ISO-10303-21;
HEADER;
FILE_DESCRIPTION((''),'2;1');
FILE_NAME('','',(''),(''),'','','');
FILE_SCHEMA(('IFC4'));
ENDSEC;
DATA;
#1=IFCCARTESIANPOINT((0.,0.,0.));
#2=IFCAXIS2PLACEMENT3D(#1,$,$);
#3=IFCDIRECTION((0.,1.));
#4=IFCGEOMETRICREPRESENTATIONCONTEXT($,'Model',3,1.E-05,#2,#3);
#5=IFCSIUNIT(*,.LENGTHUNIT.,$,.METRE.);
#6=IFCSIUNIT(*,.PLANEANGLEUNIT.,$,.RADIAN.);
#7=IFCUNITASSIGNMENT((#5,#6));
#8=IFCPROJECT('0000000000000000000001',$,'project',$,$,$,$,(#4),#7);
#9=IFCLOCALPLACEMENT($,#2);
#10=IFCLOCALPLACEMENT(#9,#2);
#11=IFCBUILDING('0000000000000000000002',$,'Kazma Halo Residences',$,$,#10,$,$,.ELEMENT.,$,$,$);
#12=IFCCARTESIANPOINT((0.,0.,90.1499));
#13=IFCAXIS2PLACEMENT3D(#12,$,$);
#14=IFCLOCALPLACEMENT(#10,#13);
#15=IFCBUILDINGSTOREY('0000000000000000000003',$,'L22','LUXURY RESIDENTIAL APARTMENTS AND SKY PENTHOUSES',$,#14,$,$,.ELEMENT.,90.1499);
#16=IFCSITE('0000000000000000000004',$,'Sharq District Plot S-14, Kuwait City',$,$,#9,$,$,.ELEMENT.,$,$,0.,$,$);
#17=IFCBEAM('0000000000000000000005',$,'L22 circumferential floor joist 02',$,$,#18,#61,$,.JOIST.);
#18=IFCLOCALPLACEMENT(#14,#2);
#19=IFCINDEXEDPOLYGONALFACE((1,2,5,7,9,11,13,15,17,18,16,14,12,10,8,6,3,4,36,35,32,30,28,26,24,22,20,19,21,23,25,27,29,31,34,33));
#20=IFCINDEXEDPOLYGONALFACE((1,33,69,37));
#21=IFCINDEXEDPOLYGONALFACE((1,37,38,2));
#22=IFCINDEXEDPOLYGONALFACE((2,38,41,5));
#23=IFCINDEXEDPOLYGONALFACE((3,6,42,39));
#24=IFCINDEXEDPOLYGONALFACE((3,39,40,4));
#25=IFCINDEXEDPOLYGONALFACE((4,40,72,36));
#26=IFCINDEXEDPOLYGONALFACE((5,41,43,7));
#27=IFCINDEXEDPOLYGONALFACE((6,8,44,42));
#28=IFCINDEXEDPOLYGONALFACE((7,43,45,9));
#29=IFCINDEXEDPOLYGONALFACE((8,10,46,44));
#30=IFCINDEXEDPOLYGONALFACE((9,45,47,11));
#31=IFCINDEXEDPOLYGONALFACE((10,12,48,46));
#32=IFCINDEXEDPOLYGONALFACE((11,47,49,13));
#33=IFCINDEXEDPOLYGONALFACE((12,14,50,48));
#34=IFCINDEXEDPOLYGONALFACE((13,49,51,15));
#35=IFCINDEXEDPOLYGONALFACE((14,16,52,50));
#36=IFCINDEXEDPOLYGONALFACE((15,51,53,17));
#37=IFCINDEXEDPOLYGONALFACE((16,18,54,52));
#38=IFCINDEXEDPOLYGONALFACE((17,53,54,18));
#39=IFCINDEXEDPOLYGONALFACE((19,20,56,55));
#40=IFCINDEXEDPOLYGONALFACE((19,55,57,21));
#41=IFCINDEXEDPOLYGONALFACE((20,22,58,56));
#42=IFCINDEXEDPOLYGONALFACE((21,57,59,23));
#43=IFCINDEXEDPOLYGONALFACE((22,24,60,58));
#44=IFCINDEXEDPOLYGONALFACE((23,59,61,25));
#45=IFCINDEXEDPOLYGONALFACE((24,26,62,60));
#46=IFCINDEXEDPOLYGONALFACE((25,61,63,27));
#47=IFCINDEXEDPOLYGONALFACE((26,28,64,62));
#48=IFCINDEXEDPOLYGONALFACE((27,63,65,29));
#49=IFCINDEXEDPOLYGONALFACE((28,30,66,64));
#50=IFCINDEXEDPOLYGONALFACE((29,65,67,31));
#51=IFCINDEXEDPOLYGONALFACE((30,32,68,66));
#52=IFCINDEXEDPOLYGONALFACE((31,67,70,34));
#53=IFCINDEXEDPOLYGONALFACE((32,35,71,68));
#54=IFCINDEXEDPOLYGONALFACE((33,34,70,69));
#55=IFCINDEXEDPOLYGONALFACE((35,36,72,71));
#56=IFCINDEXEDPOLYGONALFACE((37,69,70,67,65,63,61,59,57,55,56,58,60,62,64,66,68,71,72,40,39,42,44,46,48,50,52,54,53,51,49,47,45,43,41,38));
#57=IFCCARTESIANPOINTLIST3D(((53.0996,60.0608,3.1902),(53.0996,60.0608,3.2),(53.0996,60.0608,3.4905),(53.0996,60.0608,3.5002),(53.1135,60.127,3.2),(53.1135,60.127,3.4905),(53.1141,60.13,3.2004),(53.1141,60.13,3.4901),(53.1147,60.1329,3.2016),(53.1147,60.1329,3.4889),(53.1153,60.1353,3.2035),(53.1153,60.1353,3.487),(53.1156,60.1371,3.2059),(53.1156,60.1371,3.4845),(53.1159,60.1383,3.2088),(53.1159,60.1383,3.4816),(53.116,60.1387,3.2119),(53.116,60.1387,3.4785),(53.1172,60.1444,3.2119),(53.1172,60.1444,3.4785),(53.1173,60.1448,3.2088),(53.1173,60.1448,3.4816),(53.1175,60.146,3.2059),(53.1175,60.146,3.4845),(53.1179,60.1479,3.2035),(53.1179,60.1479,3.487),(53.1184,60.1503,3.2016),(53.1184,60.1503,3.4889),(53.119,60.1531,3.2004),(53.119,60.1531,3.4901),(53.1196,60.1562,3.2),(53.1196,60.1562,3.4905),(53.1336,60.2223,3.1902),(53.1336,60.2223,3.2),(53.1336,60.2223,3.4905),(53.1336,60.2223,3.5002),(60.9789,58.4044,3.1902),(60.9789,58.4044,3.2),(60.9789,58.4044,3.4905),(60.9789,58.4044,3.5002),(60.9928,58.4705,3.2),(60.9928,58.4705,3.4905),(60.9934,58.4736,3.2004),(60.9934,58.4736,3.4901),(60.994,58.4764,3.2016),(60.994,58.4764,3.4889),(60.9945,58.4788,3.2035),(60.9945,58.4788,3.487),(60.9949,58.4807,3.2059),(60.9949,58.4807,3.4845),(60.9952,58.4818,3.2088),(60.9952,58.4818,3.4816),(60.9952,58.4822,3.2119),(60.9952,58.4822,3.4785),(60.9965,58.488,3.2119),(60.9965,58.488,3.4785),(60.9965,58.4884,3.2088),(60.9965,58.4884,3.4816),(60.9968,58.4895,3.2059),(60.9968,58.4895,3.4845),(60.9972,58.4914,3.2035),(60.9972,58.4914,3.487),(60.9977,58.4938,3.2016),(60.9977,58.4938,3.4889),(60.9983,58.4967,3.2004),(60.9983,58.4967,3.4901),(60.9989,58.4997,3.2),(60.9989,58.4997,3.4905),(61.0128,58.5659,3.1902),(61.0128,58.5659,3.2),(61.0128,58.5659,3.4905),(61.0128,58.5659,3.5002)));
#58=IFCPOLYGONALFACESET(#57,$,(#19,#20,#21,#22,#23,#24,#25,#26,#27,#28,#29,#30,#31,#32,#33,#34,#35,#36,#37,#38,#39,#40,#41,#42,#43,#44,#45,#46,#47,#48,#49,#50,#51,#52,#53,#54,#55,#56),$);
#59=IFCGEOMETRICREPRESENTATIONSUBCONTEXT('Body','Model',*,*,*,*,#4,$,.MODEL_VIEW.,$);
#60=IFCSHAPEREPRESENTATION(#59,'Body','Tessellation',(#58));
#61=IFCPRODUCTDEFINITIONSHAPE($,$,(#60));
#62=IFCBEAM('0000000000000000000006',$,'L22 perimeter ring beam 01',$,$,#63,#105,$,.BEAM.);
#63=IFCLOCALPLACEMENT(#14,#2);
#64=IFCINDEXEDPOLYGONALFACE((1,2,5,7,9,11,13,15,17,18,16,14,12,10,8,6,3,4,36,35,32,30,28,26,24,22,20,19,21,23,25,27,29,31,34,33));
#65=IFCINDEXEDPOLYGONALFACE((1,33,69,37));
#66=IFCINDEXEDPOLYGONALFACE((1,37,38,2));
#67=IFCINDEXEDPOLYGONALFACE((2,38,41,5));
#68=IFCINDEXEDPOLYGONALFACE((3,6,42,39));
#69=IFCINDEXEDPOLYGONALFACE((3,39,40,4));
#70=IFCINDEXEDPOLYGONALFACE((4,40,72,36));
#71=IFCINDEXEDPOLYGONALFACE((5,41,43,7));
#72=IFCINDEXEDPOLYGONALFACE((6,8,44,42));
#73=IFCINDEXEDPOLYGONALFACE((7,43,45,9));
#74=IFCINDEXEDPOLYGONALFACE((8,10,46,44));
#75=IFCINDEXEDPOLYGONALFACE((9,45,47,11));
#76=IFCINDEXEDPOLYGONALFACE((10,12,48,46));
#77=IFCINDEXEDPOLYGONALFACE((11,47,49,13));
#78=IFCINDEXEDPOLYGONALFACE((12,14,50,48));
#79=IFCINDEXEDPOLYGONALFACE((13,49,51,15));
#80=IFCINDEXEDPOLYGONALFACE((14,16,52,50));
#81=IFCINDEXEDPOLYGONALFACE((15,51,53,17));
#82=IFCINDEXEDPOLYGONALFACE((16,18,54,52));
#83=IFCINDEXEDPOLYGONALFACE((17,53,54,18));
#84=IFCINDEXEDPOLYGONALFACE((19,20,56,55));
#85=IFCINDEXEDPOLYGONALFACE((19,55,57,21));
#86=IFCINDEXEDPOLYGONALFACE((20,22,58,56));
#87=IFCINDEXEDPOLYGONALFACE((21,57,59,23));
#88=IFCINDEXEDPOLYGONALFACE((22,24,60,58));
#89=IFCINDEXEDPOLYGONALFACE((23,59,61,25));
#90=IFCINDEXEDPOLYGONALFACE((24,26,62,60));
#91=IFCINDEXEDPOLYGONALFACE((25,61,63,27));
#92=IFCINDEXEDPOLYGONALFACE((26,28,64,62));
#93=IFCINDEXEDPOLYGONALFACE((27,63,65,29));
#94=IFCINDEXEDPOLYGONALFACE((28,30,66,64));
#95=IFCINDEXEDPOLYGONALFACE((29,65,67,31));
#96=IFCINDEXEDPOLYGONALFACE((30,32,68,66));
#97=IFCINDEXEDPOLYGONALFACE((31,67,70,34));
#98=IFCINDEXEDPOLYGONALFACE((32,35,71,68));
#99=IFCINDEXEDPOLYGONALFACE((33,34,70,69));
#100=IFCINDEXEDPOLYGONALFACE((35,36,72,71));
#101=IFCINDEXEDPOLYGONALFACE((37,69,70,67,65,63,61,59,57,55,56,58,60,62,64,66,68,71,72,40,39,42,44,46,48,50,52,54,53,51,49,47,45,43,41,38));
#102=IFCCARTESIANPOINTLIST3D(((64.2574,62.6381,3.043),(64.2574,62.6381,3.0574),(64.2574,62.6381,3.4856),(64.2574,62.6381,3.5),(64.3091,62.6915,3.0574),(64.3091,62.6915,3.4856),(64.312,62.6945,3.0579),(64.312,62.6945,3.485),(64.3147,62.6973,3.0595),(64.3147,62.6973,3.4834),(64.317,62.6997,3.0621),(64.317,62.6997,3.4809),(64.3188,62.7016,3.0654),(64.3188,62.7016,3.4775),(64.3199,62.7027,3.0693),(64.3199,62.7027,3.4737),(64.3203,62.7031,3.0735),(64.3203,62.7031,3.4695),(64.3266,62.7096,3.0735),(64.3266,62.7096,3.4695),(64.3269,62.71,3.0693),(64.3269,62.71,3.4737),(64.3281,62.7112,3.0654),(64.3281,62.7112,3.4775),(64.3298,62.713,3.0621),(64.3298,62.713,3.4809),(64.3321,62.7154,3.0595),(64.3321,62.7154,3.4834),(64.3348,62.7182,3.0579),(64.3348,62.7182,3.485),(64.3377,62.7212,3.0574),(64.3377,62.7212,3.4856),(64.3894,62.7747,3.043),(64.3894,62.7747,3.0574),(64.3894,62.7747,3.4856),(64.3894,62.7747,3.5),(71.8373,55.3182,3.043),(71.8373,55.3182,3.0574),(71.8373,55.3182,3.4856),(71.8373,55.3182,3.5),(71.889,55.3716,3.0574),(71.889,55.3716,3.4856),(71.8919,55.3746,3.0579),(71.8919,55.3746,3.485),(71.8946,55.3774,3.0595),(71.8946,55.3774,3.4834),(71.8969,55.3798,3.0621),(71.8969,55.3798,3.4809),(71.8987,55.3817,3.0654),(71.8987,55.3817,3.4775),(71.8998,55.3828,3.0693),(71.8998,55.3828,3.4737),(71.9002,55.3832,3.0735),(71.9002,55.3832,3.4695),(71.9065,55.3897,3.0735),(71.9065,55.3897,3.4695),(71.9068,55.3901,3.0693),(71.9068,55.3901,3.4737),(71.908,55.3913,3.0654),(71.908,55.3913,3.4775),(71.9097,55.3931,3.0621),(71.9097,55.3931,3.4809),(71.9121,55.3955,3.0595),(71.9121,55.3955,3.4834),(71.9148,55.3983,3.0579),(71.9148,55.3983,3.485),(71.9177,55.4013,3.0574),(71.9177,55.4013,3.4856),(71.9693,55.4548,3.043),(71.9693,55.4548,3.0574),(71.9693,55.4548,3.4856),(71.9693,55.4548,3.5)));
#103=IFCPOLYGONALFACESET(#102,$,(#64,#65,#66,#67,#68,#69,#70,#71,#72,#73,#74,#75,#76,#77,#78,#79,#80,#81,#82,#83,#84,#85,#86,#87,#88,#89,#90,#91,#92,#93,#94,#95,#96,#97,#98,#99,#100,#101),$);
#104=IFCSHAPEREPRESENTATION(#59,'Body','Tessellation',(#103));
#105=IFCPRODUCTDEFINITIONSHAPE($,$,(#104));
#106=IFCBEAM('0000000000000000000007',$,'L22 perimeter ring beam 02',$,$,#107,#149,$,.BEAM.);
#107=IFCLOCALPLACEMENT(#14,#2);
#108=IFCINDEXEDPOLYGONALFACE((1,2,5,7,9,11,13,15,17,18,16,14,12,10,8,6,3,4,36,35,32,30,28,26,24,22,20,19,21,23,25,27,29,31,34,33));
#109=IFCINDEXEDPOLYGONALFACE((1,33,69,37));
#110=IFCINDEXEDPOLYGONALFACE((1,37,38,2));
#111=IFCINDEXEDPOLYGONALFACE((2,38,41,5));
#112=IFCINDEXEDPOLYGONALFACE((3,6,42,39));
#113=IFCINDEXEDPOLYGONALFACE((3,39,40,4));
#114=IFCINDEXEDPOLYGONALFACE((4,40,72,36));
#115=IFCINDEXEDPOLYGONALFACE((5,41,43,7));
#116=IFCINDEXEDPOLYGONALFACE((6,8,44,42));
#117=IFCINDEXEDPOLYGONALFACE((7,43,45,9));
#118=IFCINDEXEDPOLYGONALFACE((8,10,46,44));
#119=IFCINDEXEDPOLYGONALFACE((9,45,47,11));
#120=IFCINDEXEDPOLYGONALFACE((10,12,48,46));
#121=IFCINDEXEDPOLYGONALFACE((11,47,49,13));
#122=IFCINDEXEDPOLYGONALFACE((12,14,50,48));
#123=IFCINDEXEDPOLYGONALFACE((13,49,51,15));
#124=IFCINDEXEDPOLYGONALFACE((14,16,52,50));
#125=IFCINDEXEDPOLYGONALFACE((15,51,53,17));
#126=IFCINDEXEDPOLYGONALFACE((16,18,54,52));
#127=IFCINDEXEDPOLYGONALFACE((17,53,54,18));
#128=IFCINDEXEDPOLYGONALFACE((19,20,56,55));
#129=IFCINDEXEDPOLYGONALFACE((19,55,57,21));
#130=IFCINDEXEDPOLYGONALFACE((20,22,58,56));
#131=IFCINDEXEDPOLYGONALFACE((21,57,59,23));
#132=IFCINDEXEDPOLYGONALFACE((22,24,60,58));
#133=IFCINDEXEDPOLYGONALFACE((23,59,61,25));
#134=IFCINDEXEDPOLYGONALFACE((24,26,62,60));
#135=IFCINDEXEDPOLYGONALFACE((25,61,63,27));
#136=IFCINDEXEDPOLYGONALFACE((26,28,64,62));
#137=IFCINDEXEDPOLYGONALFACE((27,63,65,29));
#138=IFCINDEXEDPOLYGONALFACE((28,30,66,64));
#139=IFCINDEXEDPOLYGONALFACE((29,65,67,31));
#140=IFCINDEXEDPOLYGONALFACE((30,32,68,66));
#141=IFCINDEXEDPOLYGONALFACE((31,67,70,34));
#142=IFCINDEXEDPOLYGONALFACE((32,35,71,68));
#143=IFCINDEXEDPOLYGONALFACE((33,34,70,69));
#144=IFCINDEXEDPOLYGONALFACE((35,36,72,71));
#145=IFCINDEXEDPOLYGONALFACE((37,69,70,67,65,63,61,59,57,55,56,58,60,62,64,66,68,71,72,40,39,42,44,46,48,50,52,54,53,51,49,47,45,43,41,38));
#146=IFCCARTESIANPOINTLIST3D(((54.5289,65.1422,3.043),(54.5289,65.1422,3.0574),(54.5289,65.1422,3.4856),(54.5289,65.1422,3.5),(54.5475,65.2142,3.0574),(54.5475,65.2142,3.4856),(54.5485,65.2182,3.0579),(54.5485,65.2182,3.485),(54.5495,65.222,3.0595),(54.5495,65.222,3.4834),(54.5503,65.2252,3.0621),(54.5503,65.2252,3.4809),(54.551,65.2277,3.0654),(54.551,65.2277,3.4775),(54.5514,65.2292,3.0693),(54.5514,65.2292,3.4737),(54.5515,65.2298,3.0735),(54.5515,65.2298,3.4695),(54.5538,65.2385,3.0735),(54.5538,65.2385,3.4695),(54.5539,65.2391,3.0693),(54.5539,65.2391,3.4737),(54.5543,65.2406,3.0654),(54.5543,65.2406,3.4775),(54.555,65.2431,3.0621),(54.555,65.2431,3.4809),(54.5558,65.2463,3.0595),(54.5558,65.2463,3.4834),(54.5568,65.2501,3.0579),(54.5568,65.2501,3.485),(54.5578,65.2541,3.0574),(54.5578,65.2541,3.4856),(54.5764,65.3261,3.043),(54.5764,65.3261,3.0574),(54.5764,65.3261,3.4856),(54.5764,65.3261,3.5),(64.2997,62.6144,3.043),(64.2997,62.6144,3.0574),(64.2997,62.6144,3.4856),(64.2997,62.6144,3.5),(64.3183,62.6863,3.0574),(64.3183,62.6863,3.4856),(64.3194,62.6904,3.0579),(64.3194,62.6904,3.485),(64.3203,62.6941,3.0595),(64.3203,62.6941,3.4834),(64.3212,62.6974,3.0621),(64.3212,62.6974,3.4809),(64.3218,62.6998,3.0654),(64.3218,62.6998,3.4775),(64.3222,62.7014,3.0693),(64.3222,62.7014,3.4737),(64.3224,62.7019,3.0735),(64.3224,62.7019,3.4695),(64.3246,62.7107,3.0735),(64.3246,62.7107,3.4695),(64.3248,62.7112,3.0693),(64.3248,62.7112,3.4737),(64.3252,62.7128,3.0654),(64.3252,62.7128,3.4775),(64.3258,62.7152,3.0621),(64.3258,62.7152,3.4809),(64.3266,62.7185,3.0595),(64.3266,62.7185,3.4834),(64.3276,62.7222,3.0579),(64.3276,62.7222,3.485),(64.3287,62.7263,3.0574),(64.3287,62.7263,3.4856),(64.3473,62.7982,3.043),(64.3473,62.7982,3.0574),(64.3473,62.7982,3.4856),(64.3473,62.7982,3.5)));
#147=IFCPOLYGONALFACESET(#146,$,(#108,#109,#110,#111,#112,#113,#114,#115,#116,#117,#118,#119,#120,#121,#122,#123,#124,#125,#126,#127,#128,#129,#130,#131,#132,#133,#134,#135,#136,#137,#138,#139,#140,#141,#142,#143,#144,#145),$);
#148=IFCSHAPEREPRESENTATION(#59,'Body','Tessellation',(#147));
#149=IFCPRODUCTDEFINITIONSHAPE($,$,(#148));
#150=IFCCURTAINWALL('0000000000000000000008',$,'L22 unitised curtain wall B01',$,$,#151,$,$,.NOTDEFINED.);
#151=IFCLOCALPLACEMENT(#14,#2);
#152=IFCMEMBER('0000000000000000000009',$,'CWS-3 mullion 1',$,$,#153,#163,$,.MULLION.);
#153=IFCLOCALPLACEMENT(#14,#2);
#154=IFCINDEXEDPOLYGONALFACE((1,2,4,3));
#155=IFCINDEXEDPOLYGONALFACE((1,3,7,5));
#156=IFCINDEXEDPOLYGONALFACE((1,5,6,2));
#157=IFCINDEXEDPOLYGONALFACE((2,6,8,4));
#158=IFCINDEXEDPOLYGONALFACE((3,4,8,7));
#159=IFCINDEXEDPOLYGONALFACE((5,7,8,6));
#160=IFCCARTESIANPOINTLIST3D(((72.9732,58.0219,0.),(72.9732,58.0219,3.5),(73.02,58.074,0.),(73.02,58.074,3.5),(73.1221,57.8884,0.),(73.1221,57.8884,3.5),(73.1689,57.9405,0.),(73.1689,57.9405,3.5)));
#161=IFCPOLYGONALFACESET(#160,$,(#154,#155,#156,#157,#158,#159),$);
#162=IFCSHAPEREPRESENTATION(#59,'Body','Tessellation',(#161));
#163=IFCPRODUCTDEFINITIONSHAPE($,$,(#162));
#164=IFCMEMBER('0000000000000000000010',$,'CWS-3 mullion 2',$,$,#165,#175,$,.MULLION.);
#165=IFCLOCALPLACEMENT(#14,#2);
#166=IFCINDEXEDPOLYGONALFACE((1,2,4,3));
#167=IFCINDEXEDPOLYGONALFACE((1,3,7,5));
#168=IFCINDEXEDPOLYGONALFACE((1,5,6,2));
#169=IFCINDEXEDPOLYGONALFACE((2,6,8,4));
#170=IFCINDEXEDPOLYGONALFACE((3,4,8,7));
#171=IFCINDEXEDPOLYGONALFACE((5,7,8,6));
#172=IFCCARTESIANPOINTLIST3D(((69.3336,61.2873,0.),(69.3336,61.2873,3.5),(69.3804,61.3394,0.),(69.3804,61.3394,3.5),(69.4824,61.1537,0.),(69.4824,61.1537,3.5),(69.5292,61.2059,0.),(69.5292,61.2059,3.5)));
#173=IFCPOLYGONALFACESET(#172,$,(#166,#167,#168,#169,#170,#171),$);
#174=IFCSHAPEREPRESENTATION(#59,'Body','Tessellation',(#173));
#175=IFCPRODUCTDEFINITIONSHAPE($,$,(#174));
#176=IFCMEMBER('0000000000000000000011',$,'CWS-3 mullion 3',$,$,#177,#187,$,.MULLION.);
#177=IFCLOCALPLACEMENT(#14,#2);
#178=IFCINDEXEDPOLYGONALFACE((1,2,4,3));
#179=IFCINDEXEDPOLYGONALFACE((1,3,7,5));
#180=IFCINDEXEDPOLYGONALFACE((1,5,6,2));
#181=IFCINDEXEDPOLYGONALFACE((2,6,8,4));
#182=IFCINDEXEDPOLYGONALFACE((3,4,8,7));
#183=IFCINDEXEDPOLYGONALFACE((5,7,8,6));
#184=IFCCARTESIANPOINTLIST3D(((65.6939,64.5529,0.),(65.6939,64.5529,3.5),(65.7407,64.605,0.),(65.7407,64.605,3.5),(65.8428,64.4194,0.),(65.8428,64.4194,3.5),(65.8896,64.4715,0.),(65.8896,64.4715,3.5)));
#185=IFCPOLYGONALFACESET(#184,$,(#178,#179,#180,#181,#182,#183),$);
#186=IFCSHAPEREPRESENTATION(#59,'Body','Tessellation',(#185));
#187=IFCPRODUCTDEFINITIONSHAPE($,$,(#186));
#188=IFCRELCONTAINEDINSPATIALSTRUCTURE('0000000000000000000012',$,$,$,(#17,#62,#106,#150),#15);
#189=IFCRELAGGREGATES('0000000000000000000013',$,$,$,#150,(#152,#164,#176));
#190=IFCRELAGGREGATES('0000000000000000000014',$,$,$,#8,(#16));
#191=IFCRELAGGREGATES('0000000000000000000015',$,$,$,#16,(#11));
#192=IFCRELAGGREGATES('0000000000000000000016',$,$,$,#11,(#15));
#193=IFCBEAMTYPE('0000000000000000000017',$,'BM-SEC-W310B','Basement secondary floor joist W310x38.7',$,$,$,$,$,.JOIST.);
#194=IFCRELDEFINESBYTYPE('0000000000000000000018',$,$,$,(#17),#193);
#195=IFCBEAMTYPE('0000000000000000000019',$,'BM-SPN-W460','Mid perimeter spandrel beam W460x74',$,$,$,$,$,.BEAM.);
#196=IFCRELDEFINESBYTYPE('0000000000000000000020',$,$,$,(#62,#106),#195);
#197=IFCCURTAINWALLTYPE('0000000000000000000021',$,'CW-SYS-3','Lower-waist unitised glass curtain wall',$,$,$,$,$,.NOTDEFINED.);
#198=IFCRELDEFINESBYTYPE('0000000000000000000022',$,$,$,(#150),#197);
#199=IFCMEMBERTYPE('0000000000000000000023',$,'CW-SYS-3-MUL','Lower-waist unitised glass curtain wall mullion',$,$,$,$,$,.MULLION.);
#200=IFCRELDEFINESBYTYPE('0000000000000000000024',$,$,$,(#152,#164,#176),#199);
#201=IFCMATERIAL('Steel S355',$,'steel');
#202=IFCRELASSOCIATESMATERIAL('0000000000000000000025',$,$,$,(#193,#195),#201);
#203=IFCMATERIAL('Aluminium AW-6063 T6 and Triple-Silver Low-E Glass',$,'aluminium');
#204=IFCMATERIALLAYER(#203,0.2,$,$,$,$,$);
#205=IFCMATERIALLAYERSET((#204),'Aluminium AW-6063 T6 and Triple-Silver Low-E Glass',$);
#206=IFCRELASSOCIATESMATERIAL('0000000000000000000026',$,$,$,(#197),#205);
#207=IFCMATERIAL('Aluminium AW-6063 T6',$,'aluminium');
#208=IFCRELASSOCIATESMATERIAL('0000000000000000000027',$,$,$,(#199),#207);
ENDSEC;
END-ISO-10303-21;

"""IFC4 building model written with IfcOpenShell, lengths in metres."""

from ifc_helpers import new_model, si_unit, direction, frame, origin, origin_2d, place, context, subcontext, project, spatial, rectangle, i_section, extrude, material, layer, layer_set, material_profile, profile_set, type_object, element, aggregate, save


model = new_model("IFC4")

# Units and contexts
model_context = context("Model", 3, precision=1e-05, world=origin(), true_north=direction((0.0, 1.0)))
body_context = subcontext(model_context, "Body", "Model", "MODEL_VIEW")
ifc_project = project(units=[si_unit("LENGTHUNIT", "METRE"), si_unit("PLANEANGLEUNIT", "RADIAN")], contexts=[model_context])

# Site, building, storey
site_placement = place(None, origin())
site = spatial("IfcSite", under=ifc_project, at=site_placement, Name="Sharq District Plot S-14, Kuwait City", CompositionType="ELEMENT", RefElevation=0.0)
building_placement = place(site_placement, origin())
building = spatial("IfcBuilding", under=site, at=building_placement, Name="Kazma Halo Residences", CompositionType="ELEMENT")
storey_placement = place(building_placement, frame((0.0, 0.0, 90.1499)))
storey = spatial("IfcBuildingStorey", under=building, at=storey_placement, Name="L22", Description="LUXURY RESIDENTIAL APARTMENTS AND SKY PENTHOUSES", CompositionType="ELEMENT", Elevation=90.1499)

# Beams
ifc_material_1 = material(Name="Steel S355", Category="steel")
ifc_material_profile_1 = material_profile(ifc_material_1, i_section(OverallWidth=0.165, OverallDepth=0.3101, WebThickness=0.0059, FlangeThickness=0.0098, FilletRadius=0.012, at=origin_2d()), Name="W310x38.7")
ifc_profile_set_1 = profile_set([ifc_material_profile_1], Name="Steel S355")
beam_type_1 = type_object("IfcBeamType", Name="BM-SEC-W310B", Description="Basement secondary floor joist W310x38.7", PredefinedType="JOIST", material=ifc_profile_set_1)
beam_1_placement = place(storey_placement, frame((60.9958, 58.4851, 3.3452), z_axis=(-0.978608, 0.205734, 0.0), x_axis=(-0.205734, -0.978608, 0.0)))
element("IfcBeam", 1, at=beam_1_placement, inside=storey, type_object=beam_type_1, Name="L22 circumferential floor joist 02", PredefinedType="JOIST", context=body_context, shape_type="SweptSolid", body=[
    extrude(i_section(OverallWidth=0.165, OverallDepth=0.3101, WebThickness=0.0059, FlangeThickness=0.0098, FilletRadius=0.012, at=origin_2d()), origin(), (0.0, 0.0, 1.0), 8.0515),
])
ifc_material_profile_2 = material_profile(ifc_material_1, i_section(OverallWidth=0.1899, OverallDepth=0.457, WebThickness=0.009, FlangeThickness=0.0144, FilletRadius=0.0161, at=origin_2d()), Name="W460x74")
ifc_profile_set_2 = profile_set([ifc_material_profile_2], Name="Steel S355")
beam_type_2 = type_object("IfcBeamType", Name="BM-SPN-W460", Description="Mid perimeter spandrel beam W460x74", PredefinedType="BEAM", material=ifc_profile_set_2)
beam_2_placement = place(storey_placement, frame((71.9033, 55.3865, 3.2715), z_axis=(-0.719337, 0.694661, 0.0), x_axis=(-0.694661, -0.719337, 0.0)))
element("IfcBeam", 2, at=beam_2_placement, inside=storey, type_object=beam_type_2, Name="L22 perimeter ring beam 01", PredefinedType="BEAM", context=body_context, shape_type="SweptSolid", body=[
    extrude(i_section(OverallWidth=0.1899, OverallDepth=0.457, WebThickness=0.009, FlangeThickness=0.0144, FilletRadius=0.0161, at=origin_2d()), origin(), (0.0, 0.0, 1.0), 10.5374),
])
beam_3_placement = place(storey_placement, frame((64.3235, 62.7063, 3.2715), z_axis=(-0.968125, 0.250468, 0.0), x_axis=(-0.250468, -0.968125, 0.0)))
element("IfcBeam", 3, at=beam_3_placement, inside=storey, type_object=beam_type_2, Name="L22 perimeter ring beam 02", PredefinedType="BEAM", context=body_context, shape_type="SweptSolid", body=[
    extrude(i_section(OverallWidth=0.1899, OverallDepth=0.457, WebThickness=0.009, FlangeThickness=0.0144, FilletRadius=0.0161, at=origin_2d()), origin(), (0.0, 0.0, 1.0), 10.0925),
])

# Curtain wall, members
ifc_material_2 = material(Name="Aluminium AW-6063 T6 and Triple-Silver Low-E Glass", Category="aluminium")
ifc_layer_1 = layer(ifc_material_2, 0.2)
ifc_layer_set_1 = layer_set([ifc_layer_1], Name="Aluminium AW-6063 T6 and Triple-Silver Low-E Glass")
curtain_wall_type = type_object("IfcCurtainWallType", Name="CW-SYS-3", Description="Lower-waist unitised glass curtain wall", PredefinedType="NOTDEFINED", material=ifc_layer_set_1)
curtain_wall_1_placement = place(storey_placement, origin())
curtain_wall_1 = element("IfcCurtainWall", 4, at=curtain_wall_1_placement, inside=storey, type_object=curtain_wall_type, Name="L22 unitised curtain wall B01", PredefinedType="NOTDEFINED")
ifc_material_3 = material(Name="Aluminium AW-6063 T6", Category="aluminium")
ifc_material_profile_3 = material_profile(ifc_material_3, rectangle(XDim=0.0701, YDim=0.2, at=origin_2d()), Name="CWM-70x200")
ifc_profile_set_3 = profile_set([ifc_material_profile_3], Name="Aluminium AW-6063 T6")
member_type_1 = type_object("IfcMemberType", Name="CW-SYS-3-MUL", Description="Lower-waist unitised glass curtain wall mullion", PredefinedType="MULLION", material=ifc_profile_set_3)
member_1_placement = place(storey_placement, frame((73.071, 57.9812, 0.0), z_axis=(0.0, 0.0, 1.0), x_axis=(-0.667795, -0.744345, 0.0)))
member_1 = element("IfcMember", 5, at=member_1_placement, type_object=member_type_1, Name="CWS-3 mullion 1", PredefinedType="MULLION", context=body_context, shape_type="SweptSolid", body=[
    extrude(rectangle(XDim=0.0701, YDim=0.2, at=origin_2d()), origin(), (0.0, 0.0, 1.0), 3.5),
])
member_2_placement = place(storey_placement, frame((69.4314, 61.2466, 0.0), z_axis=(0.0, 0.0, 1.0), x_axis=(-0.667795, -0.744345, 0.0)))
member_2 = element("IfcMember", 6, at=member_2_placement, type_object=member_type_1, Name="CWS-3 mullion 2", PredefinedType="MULLION", context=body_context, shape_type="SweptSolid", body=[
    extrude(rectangle(XDim=0.0701, YDim=0.2, at=origin_2d()), origin(), (0.0, 0.0, 1.0), 3.5),
])
member_3_placement = place(storey_placement, frame((65.7917, 64.5122, 0.0), z_axis=(0.0, 0.0, 1.0), x_axis=(-0.667795, -0.744345, 0.0)))
member_3 = element("IfcMember", 7, at=member_3_placement, type_object=member_type_1, Name="CWS-3 mullion 3", PredefinedType="MULLION", context=body_context, shape_type="SweptSolid", body=[
    extrude(rectangle(XDim=0.0701, YDim=0.2, at=origin_2d()), origin(), (0.0, 0.0, 1.0), 3.5),
])

aggregate(curtain_wall_1, [member_1, member_2, member_3])

save(model, "model.ifc")
